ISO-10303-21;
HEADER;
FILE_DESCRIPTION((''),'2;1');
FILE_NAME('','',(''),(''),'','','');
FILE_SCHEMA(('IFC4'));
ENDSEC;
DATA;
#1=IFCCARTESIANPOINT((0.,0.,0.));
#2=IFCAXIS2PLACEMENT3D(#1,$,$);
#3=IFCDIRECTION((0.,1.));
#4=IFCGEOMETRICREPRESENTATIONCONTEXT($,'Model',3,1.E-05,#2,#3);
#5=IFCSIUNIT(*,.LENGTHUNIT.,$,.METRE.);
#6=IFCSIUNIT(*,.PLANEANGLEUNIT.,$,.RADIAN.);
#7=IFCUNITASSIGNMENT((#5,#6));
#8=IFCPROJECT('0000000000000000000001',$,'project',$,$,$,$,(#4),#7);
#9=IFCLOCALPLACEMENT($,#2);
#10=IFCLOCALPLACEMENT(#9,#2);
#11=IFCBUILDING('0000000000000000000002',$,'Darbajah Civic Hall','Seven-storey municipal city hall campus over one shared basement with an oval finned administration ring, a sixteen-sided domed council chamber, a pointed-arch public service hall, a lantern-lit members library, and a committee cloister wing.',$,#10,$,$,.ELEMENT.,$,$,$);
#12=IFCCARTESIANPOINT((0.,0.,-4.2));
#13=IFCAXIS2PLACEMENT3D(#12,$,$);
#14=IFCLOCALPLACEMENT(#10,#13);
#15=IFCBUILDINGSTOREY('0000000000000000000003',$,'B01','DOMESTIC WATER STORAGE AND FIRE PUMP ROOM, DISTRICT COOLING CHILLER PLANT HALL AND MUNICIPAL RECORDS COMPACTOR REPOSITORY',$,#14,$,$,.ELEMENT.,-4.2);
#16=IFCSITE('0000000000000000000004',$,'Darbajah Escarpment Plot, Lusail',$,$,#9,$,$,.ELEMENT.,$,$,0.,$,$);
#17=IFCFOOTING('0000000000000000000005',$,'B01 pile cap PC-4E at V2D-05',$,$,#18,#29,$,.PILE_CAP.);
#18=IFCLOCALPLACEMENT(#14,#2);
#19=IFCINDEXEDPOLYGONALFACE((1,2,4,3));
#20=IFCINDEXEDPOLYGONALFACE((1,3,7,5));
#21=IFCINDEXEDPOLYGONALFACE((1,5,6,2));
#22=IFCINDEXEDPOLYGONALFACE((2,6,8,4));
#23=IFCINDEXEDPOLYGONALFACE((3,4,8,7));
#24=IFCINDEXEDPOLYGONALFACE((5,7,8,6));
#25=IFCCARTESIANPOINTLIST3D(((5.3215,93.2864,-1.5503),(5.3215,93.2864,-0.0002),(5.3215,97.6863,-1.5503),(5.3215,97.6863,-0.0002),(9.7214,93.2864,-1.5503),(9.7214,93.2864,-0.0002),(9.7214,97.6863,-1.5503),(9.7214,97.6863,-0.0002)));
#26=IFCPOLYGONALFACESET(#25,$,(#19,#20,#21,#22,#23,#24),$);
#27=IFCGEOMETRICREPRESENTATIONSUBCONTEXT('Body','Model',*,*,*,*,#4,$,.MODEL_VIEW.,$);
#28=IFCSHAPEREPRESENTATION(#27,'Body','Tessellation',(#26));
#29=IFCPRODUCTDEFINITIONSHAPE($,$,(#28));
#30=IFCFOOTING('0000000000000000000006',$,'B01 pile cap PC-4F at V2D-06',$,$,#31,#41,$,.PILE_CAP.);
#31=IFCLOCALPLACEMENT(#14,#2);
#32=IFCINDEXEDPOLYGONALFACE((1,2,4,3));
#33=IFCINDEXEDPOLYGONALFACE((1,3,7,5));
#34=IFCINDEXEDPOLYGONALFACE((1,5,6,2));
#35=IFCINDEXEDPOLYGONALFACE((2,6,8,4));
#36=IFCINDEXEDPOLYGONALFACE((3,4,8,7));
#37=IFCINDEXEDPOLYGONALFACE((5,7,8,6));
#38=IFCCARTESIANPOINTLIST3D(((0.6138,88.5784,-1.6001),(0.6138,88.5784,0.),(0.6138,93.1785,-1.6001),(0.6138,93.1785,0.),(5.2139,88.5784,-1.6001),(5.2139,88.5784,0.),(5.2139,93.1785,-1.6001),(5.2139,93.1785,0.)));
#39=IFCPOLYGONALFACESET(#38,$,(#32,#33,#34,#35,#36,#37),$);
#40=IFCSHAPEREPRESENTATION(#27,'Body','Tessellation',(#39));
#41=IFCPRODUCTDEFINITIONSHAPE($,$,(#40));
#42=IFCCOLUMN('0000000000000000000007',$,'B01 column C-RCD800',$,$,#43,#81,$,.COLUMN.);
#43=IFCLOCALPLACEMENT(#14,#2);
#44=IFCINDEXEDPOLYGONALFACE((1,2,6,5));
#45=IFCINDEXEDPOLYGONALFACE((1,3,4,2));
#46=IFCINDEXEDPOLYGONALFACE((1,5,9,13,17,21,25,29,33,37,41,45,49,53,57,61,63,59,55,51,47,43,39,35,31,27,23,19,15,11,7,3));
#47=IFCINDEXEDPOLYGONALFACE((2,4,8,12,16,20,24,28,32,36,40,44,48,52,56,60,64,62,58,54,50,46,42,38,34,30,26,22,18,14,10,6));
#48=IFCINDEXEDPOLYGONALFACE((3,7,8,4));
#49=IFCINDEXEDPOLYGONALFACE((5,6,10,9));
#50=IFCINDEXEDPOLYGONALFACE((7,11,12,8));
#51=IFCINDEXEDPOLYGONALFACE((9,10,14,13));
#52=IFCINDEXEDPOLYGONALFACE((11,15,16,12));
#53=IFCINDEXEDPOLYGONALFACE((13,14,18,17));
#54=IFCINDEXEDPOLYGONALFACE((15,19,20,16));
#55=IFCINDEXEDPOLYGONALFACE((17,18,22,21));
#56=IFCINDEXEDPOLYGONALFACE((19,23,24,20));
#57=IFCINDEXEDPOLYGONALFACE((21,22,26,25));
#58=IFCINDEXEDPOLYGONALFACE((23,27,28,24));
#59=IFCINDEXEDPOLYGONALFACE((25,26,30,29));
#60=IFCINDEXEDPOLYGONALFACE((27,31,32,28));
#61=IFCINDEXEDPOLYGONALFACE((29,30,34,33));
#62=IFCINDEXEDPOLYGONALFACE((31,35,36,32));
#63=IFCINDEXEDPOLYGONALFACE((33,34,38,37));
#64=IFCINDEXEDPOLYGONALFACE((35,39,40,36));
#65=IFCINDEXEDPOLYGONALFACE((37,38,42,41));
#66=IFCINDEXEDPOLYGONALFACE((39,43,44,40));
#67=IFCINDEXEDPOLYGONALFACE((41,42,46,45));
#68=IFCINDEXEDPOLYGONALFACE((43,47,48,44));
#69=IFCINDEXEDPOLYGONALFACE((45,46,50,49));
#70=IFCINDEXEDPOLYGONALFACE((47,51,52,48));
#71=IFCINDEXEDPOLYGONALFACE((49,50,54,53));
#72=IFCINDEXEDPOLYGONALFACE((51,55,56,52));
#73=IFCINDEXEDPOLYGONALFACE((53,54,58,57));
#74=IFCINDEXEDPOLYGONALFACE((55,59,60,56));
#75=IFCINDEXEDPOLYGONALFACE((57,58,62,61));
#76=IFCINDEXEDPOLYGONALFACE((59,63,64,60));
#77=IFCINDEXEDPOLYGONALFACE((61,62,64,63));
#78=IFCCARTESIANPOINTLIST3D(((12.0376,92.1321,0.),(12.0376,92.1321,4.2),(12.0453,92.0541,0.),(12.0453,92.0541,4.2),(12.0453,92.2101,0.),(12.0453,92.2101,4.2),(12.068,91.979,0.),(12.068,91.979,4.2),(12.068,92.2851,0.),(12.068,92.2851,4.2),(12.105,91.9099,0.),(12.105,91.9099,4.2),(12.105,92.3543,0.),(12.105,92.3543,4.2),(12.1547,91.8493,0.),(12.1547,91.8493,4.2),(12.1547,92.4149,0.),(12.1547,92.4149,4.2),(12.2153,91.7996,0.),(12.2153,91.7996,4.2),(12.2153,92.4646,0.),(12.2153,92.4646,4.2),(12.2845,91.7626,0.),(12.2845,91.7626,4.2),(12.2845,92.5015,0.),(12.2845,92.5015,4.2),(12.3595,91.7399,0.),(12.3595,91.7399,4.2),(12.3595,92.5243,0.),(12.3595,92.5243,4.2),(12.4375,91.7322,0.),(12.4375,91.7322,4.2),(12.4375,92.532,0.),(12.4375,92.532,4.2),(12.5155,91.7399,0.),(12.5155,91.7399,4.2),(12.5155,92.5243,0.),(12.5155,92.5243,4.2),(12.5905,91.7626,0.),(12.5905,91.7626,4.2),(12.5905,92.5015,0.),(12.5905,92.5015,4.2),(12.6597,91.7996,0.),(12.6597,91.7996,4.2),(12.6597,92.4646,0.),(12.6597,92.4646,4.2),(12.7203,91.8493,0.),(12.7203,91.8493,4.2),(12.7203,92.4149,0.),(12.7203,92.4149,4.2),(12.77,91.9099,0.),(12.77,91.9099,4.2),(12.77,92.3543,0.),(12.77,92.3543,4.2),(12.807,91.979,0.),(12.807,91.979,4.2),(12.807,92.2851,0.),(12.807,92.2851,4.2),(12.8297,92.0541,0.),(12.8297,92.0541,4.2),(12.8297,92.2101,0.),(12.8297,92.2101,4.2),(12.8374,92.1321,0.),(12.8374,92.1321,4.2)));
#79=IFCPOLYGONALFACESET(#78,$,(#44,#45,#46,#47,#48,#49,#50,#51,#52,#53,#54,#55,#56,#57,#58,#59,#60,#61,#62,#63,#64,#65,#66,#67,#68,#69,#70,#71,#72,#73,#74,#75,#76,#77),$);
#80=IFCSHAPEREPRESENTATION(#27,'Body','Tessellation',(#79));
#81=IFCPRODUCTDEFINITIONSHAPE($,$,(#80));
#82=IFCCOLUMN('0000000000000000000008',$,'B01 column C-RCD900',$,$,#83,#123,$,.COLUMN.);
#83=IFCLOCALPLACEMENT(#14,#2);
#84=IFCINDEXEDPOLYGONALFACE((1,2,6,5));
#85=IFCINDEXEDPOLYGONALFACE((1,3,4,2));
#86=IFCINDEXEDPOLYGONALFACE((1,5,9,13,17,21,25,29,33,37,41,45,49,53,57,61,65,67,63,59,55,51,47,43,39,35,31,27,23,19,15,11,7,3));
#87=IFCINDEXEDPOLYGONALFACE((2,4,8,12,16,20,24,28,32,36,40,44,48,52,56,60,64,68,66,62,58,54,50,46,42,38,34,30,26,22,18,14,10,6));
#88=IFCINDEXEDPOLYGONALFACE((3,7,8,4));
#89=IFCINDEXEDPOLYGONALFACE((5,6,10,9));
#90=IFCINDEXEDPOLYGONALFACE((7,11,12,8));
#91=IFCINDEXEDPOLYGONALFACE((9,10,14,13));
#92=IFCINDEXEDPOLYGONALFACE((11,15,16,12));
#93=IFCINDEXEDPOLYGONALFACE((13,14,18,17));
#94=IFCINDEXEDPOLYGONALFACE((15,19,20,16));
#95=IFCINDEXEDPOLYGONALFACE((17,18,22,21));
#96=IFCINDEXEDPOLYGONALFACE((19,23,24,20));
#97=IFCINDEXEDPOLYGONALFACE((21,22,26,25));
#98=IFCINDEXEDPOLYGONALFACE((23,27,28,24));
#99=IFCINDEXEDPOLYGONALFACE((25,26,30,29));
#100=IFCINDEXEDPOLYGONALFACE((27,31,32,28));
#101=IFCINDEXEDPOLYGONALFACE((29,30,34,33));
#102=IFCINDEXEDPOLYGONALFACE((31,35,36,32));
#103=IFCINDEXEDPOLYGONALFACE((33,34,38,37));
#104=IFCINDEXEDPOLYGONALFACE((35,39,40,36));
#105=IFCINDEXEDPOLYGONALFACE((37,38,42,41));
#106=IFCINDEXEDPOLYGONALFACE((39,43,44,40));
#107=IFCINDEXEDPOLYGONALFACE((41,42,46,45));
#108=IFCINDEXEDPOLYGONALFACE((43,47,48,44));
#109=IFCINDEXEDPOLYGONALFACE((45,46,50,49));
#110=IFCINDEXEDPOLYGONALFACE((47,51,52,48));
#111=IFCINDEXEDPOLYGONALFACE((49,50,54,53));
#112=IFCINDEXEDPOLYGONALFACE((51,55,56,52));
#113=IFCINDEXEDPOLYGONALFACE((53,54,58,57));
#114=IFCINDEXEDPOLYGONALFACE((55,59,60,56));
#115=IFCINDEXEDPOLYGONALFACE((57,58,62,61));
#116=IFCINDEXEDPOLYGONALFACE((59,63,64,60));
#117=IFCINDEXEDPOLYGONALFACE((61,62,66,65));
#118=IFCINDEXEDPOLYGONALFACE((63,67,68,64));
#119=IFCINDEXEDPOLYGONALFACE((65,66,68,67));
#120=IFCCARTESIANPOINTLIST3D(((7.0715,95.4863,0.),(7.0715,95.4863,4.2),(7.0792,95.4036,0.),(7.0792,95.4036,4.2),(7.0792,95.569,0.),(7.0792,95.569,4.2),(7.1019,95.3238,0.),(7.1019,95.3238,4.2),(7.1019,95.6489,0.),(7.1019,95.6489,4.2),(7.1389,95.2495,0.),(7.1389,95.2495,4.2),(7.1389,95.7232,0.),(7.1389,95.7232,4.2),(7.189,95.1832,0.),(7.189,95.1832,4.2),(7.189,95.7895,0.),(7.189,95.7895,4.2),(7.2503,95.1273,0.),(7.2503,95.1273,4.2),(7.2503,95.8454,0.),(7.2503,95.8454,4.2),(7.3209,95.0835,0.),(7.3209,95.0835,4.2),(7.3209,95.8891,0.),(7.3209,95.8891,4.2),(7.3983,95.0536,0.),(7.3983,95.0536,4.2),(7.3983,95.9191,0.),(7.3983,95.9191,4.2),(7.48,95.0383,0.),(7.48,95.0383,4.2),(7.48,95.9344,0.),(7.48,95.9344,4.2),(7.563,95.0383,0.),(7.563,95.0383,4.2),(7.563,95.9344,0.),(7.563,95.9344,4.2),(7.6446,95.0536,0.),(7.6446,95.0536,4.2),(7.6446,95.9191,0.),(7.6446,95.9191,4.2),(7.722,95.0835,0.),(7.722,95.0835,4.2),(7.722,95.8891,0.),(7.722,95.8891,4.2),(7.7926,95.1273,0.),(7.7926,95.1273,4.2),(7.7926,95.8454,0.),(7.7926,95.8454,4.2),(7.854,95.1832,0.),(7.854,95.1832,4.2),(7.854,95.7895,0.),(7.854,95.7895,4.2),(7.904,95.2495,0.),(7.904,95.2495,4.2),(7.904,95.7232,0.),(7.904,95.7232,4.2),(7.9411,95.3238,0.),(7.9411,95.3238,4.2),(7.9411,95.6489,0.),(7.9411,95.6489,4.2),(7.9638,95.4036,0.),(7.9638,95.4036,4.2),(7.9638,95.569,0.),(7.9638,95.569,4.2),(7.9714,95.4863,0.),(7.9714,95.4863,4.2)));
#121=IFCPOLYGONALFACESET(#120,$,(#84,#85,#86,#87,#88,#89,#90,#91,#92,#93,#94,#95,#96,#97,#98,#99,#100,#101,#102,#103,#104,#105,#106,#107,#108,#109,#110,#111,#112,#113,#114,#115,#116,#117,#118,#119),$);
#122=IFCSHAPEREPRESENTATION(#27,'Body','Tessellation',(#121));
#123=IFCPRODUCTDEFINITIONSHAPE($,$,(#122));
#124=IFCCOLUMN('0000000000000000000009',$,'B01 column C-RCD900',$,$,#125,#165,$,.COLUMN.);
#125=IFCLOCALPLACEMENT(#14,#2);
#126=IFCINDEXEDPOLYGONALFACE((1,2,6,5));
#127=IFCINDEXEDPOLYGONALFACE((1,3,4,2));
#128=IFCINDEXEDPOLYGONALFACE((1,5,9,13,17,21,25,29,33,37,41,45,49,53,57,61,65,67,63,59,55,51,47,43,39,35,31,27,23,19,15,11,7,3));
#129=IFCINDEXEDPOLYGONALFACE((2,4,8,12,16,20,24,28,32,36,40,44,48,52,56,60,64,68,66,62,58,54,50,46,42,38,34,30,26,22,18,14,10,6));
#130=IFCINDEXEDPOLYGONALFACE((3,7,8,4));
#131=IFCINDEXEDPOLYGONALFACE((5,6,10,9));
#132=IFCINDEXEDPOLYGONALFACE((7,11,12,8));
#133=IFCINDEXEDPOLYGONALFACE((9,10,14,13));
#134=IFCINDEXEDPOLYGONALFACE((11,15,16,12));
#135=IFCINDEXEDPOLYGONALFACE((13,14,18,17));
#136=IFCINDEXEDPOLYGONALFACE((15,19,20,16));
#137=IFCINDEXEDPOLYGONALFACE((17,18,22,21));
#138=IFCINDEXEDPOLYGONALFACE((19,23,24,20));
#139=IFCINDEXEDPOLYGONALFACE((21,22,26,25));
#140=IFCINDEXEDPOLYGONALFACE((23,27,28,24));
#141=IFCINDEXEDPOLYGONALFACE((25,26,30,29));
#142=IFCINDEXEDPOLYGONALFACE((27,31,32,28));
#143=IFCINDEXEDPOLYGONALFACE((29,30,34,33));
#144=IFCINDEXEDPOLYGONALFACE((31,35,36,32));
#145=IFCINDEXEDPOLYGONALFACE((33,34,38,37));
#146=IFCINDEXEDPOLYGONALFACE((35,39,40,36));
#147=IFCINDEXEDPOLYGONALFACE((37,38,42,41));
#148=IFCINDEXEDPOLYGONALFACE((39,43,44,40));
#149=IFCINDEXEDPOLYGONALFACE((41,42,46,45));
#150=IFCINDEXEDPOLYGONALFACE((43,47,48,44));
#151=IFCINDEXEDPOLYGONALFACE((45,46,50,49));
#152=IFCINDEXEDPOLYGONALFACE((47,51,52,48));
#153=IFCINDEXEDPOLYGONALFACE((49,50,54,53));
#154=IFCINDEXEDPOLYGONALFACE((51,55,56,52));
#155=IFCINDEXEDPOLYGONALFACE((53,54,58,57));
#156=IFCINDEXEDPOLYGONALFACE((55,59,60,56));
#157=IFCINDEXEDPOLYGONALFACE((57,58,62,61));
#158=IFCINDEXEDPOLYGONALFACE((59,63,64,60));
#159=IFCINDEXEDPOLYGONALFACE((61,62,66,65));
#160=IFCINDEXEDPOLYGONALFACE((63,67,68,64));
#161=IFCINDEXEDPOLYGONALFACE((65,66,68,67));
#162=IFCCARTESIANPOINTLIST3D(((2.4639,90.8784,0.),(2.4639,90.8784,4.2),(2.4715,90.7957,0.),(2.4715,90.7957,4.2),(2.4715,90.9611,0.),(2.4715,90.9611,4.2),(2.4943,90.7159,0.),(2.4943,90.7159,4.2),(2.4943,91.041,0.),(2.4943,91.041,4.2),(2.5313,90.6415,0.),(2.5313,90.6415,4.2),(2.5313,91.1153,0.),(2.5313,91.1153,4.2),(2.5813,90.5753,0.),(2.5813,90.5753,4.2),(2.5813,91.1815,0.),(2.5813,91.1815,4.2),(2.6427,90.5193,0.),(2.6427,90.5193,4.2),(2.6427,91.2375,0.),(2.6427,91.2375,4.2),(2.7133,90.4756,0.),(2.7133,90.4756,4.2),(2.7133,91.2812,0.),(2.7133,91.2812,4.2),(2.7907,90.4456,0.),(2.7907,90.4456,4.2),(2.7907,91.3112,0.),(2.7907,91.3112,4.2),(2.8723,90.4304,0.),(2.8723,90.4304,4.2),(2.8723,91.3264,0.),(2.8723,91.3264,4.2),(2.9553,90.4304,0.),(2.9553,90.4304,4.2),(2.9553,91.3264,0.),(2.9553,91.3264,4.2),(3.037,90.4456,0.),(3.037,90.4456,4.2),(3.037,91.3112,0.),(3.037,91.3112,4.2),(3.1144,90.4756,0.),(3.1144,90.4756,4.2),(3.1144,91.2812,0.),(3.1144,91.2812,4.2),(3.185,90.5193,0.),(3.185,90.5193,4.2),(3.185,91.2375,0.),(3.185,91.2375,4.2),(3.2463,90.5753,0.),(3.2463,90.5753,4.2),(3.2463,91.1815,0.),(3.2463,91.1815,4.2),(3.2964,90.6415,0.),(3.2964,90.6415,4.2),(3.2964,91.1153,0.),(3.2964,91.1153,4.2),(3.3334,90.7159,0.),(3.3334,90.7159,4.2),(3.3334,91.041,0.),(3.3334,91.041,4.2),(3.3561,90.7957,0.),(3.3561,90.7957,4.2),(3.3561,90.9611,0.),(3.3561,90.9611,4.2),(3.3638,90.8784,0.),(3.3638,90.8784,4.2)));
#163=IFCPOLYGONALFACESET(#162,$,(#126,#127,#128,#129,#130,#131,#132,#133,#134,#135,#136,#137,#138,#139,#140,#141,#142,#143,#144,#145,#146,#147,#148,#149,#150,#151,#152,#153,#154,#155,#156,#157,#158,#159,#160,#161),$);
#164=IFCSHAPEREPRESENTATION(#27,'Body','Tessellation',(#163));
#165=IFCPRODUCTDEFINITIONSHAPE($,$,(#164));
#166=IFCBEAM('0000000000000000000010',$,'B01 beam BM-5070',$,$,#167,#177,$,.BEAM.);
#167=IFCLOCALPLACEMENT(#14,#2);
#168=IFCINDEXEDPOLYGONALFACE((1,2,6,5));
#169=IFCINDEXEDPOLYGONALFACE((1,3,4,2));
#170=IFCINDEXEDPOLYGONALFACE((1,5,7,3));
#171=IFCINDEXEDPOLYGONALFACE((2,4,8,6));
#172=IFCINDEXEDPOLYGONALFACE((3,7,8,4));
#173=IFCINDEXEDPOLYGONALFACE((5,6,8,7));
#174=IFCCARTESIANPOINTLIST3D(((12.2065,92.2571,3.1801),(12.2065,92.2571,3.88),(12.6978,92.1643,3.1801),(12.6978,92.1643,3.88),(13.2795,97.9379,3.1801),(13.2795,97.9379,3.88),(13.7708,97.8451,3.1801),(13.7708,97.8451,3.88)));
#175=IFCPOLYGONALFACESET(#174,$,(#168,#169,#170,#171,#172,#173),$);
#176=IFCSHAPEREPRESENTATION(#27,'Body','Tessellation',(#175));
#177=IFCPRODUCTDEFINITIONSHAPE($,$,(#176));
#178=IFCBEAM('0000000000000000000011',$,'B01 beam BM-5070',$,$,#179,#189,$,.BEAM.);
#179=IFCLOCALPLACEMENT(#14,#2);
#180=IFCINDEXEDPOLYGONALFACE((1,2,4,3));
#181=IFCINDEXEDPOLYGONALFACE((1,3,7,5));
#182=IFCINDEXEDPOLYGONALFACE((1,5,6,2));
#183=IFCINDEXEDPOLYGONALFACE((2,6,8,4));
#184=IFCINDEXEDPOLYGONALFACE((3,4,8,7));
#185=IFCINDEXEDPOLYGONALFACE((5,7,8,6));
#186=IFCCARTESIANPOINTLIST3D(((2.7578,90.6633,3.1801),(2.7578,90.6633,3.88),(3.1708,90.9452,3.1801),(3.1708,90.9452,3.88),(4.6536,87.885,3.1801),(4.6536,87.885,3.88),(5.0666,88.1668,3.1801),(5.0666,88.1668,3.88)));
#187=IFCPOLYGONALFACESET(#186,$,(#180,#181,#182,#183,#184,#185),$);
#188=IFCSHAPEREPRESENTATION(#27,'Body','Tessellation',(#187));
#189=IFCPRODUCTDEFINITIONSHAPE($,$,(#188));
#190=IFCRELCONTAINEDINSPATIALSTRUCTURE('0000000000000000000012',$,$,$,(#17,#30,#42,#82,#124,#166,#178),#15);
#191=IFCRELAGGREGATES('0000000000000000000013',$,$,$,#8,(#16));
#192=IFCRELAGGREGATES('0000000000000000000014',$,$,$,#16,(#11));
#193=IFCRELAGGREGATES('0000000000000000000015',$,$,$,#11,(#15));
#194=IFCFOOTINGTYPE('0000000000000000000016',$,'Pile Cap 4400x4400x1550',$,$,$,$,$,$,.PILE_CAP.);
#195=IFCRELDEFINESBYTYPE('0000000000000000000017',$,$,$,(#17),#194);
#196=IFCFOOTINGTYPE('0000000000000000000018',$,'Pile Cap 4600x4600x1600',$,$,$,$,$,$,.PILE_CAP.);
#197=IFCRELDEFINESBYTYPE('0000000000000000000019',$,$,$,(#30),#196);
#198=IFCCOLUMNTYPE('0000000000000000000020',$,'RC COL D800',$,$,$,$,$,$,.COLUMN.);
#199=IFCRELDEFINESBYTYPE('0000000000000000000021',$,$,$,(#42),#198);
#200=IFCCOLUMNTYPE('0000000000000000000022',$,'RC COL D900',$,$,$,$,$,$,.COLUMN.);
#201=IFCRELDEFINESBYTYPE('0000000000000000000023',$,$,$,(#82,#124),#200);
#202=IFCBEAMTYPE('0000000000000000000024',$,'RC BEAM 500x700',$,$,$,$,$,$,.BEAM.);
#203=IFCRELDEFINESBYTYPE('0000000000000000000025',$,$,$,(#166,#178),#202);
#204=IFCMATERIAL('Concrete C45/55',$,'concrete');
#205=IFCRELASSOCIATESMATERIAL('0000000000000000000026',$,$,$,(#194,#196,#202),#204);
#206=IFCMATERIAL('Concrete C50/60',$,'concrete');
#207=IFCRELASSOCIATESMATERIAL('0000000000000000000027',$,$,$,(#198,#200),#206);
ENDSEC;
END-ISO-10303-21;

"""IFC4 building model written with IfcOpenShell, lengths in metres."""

from ifc_helpers import new_model, si_unit, direction, frame, origin, origin_2d, place, context, subcontext, project, spatial, rectangle, circle, extrude, material, material_profile, profile_set, type_object, element, save


model = new_model("IFC4")

# Units and contexts
model_context = context("Model", 3, precision=1e-05, world=origin(), true_north=direction((0.0, 1.0)))
body_context = subcontext(model_context, "Body", "Model", "MODEL_VIEW")
ifc_project = project(units=[si_unit("LENGTHUNIT", "METRE"), si_unit("PLANEANGLEUNIT", "RADIAN")], contexts=[model_context])

# Site, building, storey
site_placement = place(None, origin())
site = spatial("IfcSite", under=ifc_project, at=site_placement, Name="Darbajah Escarpment Plot, Lusail", CompositionType="ELEMENT", RefElevation=0.0)
building_placement = place(site_placement, origin())
building = spatial("IfcBuilding", under=site, at=building_placement, Name="Darbajah Civic Hall", Description="Seven-storey municipal city hall campus over one shared basement with an oval finned administration ring, a sixteen-sided domed council chamber, a pointed-arch public service hall, a lantern-lit members library, and a committee cloister wing.", CompositionType="ELEMENT")
storey_placement = place(building_placement, frame((0.0, 0.0, -4.2)))
storey = spatial("IfcBuildingStorey", under=building, at=storey_placement, Name="B01", Description="DOMESTIC WATER STORAGE AND FIRE PUMP ROOM, DISTRICT COOLING CHILLER PLANT HALL AND MUNICIPAL RECORDS COMPACTOR REPOSITORY", CompositionType="ELEMENT", Elevation=-4.2)

# Shared definitions
ifc_material_1 = material(Name="Concrete C45/55", Category="concrete")

# Footings
footing_type_1 = type_object("IfcFootingType", Name="Pile Cap 4400x4400x1550", PredefinedType="PILE_CAP", material=ifc_material_1)
footing_1_placement = place(storey_placement, frame((7.5215, 95.4863, -1.5503), z_axis=(0.0, 0.0, 1.0), x_axis=(1.0, 0.0, 0.0)))
element("IfcFooting", 1, at=footing_1_placement, inside=storey, type_object=footing_type_1, Name="B01 pile cap PC-4E at V2D-05", PredefinedType="PILE_CAP", context=body_context, shape_type="SweptSolid", body=[
    extrude(rectangle(XDim=4.3999, YDim=4.3999, at=origin_2d()), origin(), (0.0, 0.0, 1.0), 1.55),
])
footing_type_2 = type_object("IfcFootingType", Name="Pile Cap 4600x4600x1600", PredefinedType="PILE_CAP", material=ifc_material_1)
footing_2_placement = place(storey_placement, frame((2.9138, 90.8784, -1.6001), z_axis=(0.0, 0.0, 1.0), x_axis=(1.0, 0.0, 0.0)))
element("IfcFooting", 2, at=footing_2_placement, inside=storey, type_object=footing_type_2, Name="B01 pile cap PC-4F at V2D-06", PredefinedType="PILE_CAP", context=body_context, shape_type="SweptSolid", body=[
    extrude(rectangle(XDim=4.6001, YDim=4.6001, at=origin_2d()), origin(), (0.0, 0.0, 1.0), 1.6001),
])

# Columns
ifc_material_2 = material(Name="Concrete C50/60", Category="concrete")
ifc_material_profile_1 = material_profile(ifc_material_2, circle(Radius=0.3999, at=origin_2d()), Name="RC COL D800")
ifc_profile_set_1 = profile_set([ifc_material_profile_1], Name="Concrete C50/60")
column_type_1 = type_object("IfcColumnType", Name="RC COL D800", PredefinedType="COLUMN", material=ifc_profile_set_1)
column_placement = place(storey_placement, frame((12.4375, 92.1321, 0.0), z_axis=(0.0, 0.0, 1.0), x_axis=(1.0, 0.0, 0.0)))
element("IfcColumn", 3, at=column_placement, inside=storey, type_object=column_type_1, Name="B01 column C-RCD800", PredefinedType="COLUMN", context=body_context, shape_type="SweptSolid", body=[
    extrude(circle(Radius=0.3999, at=origin_2d()), origin(), (0.0, 0.0, 1.0), 4.2),
])
ifc_material_profile_2 = material_profile(ifc_material_2, circle(Radius=0.45, at=origin_2d()), Name="RC COL D900")
ifc_profile_set_2 = profile_set([ifc_material_profile_2], Name="Concrete C50/60")
column_type_2 = type_object("IfcColumnType", Name="RC COL D900", PredefinedType="COLUMN", material=ifc_profile_set_2)
for number, where, z_axis, x_axis, name in (
    (4, (7.5215, 95.4863, 0.0), (0.0, 0.0, 1.0), (1.0, 0.0, 0.0), "B01 column C-RCD900"),
    (5, (2.9138, 90.8784, 0.0), (0.0, 0.0, 1.0), (1.0, 0.0, 0.0), "B01 column C-RCD900"),
):
    element("IfcColumn", number, at=place(storey_placement, frame(where, z_axis=z_axis, x_axis=x_axis)), inside=storey, type_object=column_type_2, Name=name, PredefinedType="COLUMN", context=body_context, shape_type="SweptSolid", body=[
        extrude(circle(Radius=0.45, at=origin_2d()), origin(), (0.0, 0.0, 1.0), 4.2),
    ])

# Beams
ifc_material_profile_3 = material_profile(ifc_material_1, rectangle(XDim=0.5, YDim=0.7, at=origin_2d()), Name="RC BEAM 500x700")
ifc_profile_set_3 = profile_set([ifc_material_profile_3], Name="Concrete C45/55")
beam_type_1 = type_object("IfcBeamType", Name="RC BEAM 500x700", PredefinedType="BEAM", material=ifc_profile_set_3)
beam_1_placement = place(storey_placement, frame((12.4521, 92.2107, 3.53), z_axis=(0.185596, 0.982626, 0.0), x_axis=(-0.982626, 0.185596, 0.0)))
element("IfcBeam", 6, at=beam_1_placement, inside=storey, type_object=beam_type_1, Name="B01 beam BM-5070", PredefinedType="BEAM", context=body_context, shape_type="SweptSolid", body=[
    extrude(rectangle(XDim=0.5, YDim=0.7, at=origin_2d()), origin(), (0.0, 0.0, 1.0), 5.7812),
])
beam_2_placement = place(storey_placement, frame((4.8601, 88.0259, 3.53), z_axis=(-0.56363, 0.826028, 0.0), x_axis=(-0.826028, -0.56363, 0.0)))
element("IfcBeam", 7, at=beam_2_placement, inside=storey, type_object=beam_type_1, Name="B01 beam BM-5070", PredefinedType="BEAM", context=body_context, shape_type="SweptSolid", body=[
    extrude(rectangle(XDim=0.5, YDim=0.7, at=origin_2d()), origin(), (0.0, 0.0, 1.0), 3.3635),
])

save(model, "model.ifc")
